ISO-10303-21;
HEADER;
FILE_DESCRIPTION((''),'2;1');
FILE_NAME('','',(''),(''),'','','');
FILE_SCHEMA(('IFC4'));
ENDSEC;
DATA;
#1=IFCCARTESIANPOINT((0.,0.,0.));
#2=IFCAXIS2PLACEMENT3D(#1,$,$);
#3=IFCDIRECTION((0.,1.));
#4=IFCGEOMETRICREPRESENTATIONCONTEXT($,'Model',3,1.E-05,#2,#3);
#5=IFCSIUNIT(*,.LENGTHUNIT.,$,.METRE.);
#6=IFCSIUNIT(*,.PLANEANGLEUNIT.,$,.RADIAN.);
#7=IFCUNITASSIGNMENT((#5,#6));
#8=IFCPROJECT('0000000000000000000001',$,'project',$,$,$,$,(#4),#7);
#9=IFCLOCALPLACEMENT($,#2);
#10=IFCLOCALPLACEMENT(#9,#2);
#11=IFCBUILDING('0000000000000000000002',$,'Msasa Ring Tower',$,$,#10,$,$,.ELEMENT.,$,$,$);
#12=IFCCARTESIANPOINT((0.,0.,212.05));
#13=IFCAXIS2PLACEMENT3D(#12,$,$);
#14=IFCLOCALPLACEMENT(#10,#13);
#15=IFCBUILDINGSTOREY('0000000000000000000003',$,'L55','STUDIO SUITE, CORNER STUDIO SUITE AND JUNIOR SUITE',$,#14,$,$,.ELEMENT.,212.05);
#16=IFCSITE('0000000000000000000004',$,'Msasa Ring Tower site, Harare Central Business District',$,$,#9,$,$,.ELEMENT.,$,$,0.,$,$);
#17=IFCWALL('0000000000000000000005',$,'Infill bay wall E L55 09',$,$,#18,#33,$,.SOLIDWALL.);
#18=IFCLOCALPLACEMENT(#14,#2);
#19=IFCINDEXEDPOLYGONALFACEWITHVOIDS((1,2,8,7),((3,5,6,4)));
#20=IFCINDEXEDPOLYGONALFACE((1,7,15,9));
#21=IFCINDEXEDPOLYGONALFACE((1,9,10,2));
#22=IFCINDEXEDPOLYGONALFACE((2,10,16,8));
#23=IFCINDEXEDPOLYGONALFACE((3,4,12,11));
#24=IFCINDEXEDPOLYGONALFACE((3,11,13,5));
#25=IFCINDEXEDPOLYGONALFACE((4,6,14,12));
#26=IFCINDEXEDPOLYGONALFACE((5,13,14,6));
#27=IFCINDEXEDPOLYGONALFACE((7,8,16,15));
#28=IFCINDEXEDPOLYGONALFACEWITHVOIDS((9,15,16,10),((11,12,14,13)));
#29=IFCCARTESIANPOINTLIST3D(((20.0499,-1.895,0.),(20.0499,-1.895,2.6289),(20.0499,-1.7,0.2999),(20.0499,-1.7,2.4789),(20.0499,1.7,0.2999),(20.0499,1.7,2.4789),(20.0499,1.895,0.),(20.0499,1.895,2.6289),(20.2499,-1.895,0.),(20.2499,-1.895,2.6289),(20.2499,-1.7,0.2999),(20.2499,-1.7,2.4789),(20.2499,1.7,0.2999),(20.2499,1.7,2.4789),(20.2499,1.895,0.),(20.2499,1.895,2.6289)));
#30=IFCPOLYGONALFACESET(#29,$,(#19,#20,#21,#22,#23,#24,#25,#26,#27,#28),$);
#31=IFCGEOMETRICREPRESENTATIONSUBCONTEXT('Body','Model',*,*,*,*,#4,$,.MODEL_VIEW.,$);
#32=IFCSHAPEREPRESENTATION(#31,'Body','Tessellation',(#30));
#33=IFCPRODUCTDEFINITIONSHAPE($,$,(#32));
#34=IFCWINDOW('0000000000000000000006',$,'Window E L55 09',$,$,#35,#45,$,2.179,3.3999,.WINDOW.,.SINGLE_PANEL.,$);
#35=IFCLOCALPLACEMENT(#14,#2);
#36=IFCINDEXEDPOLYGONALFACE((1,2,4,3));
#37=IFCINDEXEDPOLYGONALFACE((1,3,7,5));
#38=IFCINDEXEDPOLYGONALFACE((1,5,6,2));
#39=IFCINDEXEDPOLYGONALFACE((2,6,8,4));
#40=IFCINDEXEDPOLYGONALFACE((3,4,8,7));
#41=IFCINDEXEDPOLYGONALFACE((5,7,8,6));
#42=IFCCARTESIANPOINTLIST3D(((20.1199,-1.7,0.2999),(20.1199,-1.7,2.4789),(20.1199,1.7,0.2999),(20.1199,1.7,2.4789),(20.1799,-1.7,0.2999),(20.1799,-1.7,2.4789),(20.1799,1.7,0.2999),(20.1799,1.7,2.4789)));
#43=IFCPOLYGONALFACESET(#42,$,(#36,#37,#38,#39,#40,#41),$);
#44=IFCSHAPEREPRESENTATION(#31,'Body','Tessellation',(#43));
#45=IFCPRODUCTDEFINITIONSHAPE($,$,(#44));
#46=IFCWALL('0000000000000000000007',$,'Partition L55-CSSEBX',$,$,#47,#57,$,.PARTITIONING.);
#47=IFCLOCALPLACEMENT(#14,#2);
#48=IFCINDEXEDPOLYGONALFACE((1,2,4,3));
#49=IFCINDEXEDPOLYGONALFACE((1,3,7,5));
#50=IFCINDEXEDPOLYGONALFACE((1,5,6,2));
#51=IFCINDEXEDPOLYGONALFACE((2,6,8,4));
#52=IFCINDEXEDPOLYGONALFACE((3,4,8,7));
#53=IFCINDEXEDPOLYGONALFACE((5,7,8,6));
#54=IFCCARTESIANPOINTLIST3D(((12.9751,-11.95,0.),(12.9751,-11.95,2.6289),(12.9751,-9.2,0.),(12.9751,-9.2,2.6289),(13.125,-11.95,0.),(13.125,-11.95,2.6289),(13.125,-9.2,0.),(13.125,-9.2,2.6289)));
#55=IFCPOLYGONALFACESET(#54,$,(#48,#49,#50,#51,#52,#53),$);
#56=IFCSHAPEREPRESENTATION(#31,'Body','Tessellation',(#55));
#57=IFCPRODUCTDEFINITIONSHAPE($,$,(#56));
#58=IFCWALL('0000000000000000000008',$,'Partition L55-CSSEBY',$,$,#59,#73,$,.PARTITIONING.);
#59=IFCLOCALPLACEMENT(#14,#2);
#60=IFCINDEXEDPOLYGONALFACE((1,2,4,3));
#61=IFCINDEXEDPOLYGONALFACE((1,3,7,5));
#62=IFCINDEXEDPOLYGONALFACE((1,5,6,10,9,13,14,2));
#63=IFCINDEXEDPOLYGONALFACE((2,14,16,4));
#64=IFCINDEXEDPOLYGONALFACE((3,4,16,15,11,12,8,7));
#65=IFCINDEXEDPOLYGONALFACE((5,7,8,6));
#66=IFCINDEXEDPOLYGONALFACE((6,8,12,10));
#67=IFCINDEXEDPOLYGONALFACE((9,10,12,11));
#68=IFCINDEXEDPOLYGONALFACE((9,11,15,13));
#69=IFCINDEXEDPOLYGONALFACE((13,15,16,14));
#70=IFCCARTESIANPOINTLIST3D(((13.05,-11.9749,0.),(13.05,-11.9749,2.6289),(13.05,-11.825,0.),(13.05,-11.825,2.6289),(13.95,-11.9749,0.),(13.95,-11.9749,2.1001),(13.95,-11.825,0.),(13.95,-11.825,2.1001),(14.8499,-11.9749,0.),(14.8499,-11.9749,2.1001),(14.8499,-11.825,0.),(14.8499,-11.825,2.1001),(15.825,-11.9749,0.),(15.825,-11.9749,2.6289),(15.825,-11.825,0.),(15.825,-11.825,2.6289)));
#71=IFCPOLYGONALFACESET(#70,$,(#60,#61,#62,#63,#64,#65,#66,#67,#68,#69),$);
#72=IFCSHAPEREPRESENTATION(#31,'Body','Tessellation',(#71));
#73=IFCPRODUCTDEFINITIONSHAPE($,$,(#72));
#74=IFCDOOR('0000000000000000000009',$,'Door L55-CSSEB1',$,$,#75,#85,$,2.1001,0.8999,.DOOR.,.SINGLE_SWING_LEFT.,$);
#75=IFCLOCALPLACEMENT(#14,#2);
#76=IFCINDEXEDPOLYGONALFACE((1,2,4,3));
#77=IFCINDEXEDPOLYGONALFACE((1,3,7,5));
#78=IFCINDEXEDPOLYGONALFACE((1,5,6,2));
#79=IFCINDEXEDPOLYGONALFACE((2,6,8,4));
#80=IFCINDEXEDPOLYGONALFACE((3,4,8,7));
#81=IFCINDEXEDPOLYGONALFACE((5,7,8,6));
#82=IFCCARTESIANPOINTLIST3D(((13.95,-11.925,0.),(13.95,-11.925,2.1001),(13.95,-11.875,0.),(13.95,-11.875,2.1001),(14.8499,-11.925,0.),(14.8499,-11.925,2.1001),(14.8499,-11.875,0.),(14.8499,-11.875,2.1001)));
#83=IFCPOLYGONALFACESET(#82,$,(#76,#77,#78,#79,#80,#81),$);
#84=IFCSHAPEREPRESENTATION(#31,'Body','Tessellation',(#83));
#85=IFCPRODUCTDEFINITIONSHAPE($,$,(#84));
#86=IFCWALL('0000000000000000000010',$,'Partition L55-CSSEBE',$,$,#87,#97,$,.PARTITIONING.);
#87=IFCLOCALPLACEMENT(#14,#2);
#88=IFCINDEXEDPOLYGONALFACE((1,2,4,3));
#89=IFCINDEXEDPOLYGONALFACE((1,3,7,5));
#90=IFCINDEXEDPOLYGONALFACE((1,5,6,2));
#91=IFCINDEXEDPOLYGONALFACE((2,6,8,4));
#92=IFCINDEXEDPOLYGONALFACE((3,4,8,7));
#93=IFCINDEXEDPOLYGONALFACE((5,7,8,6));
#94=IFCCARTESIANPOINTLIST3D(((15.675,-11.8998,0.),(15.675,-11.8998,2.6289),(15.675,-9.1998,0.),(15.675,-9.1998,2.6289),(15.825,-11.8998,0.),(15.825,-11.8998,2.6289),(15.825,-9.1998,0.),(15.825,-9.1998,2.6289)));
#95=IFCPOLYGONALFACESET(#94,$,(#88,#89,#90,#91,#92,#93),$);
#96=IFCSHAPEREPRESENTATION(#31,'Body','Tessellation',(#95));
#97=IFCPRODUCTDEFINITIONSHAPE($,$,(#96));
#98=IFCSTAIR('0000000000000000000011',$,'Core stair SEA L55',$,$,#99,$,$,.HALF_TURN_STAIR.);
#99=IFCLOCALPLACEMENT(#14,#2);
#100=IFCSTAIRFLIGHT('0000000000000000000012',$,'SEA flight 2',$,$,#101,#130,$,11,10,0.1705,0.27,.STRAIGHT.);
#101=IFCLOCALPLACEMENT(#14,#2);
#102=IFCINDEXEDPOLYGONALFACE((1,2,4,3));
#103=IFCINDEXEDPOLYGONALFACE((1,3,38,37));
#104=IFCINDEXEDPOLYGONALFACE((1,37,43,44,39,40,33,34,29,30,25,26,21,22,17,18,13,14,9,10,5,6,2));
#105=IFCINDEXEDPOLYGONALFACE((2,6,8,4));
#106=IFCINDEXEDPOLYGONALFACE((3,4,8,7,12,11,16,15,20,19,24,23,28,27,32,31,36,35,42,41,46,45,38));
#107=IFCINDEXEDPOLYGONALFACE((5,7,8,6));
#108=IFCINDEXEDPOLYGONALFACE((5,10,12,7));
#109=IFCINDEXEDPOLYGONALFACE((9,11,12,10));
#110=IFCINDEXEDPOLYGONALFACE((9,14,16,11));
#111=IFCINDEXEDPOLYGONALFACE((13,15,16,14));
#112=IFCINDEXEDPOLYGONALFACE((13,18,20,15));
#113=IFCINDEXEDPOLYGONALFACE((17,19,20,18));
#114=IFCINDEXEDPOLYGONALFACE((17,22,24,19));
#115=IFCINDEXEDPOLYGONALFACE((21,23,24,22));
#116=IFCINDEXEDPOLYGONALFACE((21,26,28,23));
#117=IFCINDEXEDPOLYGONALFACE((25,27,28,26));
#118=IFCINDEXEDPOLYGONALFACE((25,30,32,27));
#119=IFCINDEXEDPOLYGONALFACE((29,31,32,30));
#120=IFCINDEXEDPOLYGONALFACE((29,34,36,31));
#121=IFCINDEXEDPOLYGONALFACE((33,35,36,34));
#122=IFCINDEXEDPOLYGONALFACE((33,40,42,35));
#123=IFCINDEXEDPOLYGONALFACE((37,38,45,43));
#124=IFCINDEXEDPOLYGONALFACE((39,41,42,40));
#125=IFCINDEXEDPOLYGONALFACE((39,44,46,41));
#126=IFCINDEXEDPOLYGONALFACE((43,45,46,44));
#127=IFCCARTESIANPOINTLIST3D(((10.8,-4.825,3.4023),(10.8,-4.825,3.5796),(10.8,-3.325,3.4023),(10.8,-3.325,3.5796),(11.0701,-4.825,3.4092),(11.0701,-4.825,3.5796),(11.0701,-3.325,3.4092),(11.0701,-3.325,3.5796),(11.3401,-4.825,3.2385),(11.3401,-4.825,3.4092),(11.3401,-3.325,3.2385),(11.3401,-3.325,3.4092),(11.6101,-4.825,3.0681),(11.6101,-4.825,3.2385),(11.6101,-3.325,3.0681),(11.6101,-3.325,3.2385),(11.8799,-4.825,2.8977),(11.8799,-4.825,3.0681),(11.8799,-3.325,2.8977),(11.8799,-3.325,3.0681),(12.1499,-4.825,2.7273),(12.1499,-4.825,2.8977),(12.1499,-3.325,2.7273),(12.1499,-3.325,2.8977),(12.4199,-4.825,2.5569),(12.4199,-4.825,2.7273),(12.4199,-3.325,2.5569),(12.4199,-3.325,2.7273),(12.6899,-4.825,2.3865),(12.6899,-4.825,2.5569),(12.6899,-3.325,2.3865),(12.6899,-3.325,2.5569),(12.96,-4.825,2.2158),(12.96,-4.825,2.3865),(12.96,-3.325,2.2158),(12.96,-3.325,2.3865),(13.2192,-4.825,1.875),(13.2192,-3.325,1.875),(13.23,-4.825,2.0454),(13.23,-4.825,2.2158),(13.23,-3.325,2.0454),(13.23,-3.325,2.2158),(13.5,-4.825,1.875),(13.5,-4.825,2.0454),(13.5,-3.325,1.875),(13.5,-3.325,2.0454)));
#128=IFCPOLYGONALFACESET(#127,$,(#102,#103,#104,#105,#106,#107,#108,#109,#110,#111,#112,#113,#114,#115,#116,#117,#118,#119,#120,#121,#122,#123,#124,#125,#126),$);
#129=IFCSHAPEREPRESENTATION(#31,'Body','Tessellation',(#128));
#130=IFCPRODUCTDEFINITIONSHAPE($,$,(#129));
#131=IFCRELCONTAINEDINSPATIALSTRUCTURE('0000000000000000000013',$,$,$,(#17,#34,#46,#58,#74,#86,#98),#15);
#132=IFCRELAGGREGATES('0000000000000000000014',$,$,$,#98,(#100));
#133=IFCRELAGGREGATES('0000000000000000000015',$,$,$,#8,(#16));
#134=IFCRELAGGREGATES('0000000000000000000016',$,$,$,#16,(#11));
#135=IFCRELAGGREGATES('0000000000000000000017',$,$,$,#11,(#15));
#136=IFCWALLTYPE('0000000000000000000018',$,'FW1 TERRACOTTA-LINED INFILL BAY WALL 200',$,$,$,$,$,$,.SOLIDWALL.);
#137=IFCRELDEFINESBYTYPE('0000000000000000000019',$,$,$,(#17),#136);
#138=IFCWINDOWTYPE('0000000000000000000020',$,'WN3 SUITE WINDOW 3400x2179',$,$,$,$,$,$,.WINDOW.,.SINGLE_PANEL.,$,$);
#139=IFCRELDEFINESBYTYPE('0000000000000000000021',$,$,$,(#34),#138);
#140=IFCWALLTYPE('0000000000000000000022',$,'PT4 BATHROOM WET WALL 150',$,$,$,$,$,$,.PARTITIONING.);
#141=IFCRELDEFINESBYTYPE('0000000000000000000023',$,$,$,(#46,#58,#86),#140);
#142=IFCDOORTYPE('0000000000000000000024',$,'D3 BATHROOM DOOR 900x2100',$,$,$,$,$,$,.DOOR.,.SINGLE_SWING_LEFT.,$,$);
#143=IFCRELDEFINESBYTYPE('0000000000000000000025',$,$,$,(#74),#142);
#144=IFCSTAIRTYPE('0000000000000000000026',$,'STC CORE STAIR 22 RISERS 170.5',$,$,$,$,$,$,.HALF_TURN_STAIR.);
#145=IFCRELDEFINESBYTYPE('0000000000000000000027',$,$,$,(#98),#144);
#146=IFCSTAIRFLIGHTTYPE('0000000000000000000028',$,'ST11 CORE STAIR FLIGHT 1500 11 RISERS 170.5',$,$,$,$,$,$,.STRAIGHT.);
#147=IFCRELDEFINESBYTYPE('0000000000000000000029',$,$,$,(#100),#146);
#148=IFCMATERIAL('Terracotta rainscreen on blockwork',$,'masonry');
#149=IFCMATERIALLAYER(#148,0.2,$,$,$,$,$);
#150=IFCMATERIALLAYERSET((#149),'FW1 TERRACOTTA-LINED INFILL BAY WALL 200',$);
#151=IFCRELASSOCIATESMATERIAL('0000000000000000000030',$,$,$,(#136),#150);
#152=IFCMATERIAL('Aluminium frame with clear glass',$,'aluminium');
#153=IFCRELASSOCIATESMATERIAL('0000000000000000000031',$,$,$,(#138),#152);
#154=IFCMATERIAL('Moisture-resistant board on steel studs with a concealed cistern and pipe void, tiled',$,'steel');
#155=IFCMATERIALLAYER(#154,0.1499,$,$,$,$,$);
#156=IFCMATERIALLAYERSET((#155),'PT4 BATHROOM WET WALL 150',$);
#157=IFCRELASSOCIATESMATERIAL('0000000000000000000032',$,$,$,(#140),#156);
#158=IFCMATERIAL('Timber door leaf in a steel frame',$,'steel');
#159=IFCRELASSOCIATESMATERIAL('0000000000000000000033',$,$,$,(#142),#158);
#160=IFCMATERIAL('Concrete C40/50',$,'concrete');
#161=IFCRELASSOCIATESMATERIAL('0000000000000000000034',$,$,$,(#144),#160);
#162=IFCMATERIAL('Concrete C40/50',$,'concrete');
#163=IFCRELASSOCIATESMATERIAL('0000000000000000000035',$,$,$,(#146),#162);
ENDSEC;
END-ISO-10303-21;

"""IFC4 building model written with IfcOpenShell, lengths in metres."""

from ifc_helpers import new_model, si_unit, direction, frame, frame_2d, origin, place, context, subcontext, project, spatial, polyline, rectangle, outline, extrude, material, layer, layer_set, type_object, element, fill, aggregate, save


model = new_model("IFC4")

# Units and contexts
model_context = context("Model", 3, precision=1e-05, world=origin(), true_north=direction((0.0, 1.0)))
body_context = subcontext(model_context, "Body", "Model", "MODEL_VIEW")
ifc_project = project(units=[si_unit("LENGTHUNIT", "METRE"), si_unit("PLANEANGLEUNIT", "RADIAN")], contexts=[model_context])

# Site, building, storey
site_placement = place(None, origin())
site = spatial("IfcSite", under=ifc_project, at=site_placement, Name="Msasa Ring Tower site, Harare Central Business District", CompositionType="ELEMENT", RefElevation=0.0)
building_placement = place(site_placement, origin())
building = spatial("IfcBuilding", under=site, at=building_placement, Name="Msasa Ring Tower", CompositionType="ELEMENT")
storey_placement = place(building_placement, frame((0.0, 0.0, 212.05)))
storey = spatial("IfcBuildingStorey", under=building, at=storey_placement, Name="L55", Description="STUDIO SUITE, CORNER STUDIO SUITE AND JUNIOR SUITE", CompositionType="ELEMENT", Elevation=212.05)

# Wall, opening, window
ifc_material_1 = material(Name="Terracotta rainscreen on blockwork", Category="masonry")
ifc_layer_1 = layer(ifc_material_1, 0.2)
ifc_layer_set_1 = layer_set([ifc_layer_1], Name="FW1 TERRACOTTA-LINED INFILL BAY WALL 200")
wall_type_1 = type_object("IfcWallType", Name="FW1 TERRACOTTA-LINED INFILL BAY WALL 200", PredefinedType="SOLIDWALL", material=ifc_layer_set_1)
ifc_material_2 = material(Name="Aluminium frame with clear glass", Category="aluminium")
window_type = type_object("IfcWindowType", Name="WN3 SUITE WINDOW 3400x2179", PartitioningType="SINGLE_PANEL", PredefinedType="WINDOW", material=ifc_material_2)
wall_1_placement = place(storey_placement, frame((20.1499, -1.895, 0.0), z_axis=(0.0, 0.0, 1.0), x_axis=(0.0, 1.0, 0.0)))
wall_1 = element("IfcWall", 1, at=wall_1_placement, inside=storey, type_object=wall_type_1, Name="Infill bay wall E L55 09", PredefinedType="SOLIDWALL", context=body_context, shape_type="SweptSolid", body=[
    extrude(rectangle(XDim=3.79, YDim=0.2, at=frame_2d((1.895, 0.0))), origin(), (0.0, 0.0, 1.0), 2.6289),
])
opening_1_placement = place(wall_1_placement, frame((0.1951, 0.0, 0.3)))
opening_1 = element("IfcOpeningElement", 2, at=opening_1_placement, cuts=wall_1, PredefinedType="OPENING", context=body_context, shape_type="SweptSolid", body=[
    extrude(rectangle(XDim=3.3999, YDim=2.179, at=frame_2d((1.7, 1.0894))), frame((0.0, 0.1099, 0.0), z_axis=(0.0, -1.0, 0.0), x_axis=(1.0, 0.0, 0.0)), (0.0, 0.0, 1.0), 0.22),
])
window_1_placement = place(opening_1_placement, origin())
window_1 = element("IfcWindow", 3, at=window_1_placement, inside=storey, type_object=window_type, Name="Window E L55 09", OverallHeight=2.179, OverallWidth=3.3999, PartitioningType="SINGLE_PANEL", PredefinedType="WINDOW", context=body_context, shape_type="SweptSolid", body=[
    extrude(rectangle(XDim=3.3999, YDim=2.179, at=frame_2d((1.7, 1.0894))), frame((0.0, 0.03, 0.0), z_axis=(0.0, -1.0, 0.0), x_axis=(1.0, 0.0, 0.0)), (0.0, 0.0, 1.0), 0.0601),
])
fill(opening_1, window_1)

# Wall
ifc_material_3 = material(Name="Moisture-resistant board on steel studs with a concealed cistern and pipe void, tiled", Category="steel")
ifc_layer_2 = layer(ifc_material_3, 0.1499)
ifc_layer_set_2 = layer_set([ifc_layer_2], Name="PT4 BATHROOM WET WALL 150")
wall_type_2 = type_object("IfcWallType", Name="PT4 BATHROOM WET WALL 150", PredefinedType="PARTITIONING", material=ifc_layer_set_2)
wall_2_placement = place(storey_placement, frame((13.05, -11.95, 0.0), z_axis=(0.0, 0.0, 1.0), x_axis=(0.0, 1.0, 0.0)))
element("IfcWall", 4, at=wall_2_placement, inside=storey, type_object=wall_type_2, Name="Partition L55-CSSEBX", PredefinedType="PARTITIONING", context=body_context, shape_type="SweptSolid", body=[
    extrude(rectangle(XDim=2.75, YDim=0.1499, at=frame_2d((1.375, 0.0))), origin(), (0.0, 0.0, 1.0), 2.6289),
])

# Wall, opening, door
wall_3_placement = place(storey_placement, frame((13.05, -11.8999, 0.0), z_axis=(0.0, 0.0, 1.0), x_axis=(1.0, 0.0, 0.0)))
wall_3 = element("IfcWall", 5, at=wall_3_placement, inside=storey, type_object=wall_type_2, Name="Partition L55-CSSEBY", PredefinedType="PARTITIONING", context=body_context, shape_type="SweptSolid", body=[
    extrude(rectangle(XDim=2.7749, YDim=0.1499, at=frame_2d((1.3875, 0.0))), origin(), (0.0, 0.0, 1.0), 2.6289),
])
opening_2_placement = place(wall_3_placement, frame((0.8999, 0.0, 0.0)))
opening_2 = element("IfcOpeningElement", 6, at=opening_2_placement, cuts=wall_3, PredefinedType="OPENING", context=body_context, shape_type="SweptSolid", body=[
    extrude(rectangle(XDim=0.8999, YDim=2.1001, at=frame_2d((0.45, 1.05))), frame((0.0, 0.085, 0.0), z_axis=(0.0, -1.0, 0.0), x_axis=(1.0, 0.0, 0.0)), (0.0, 0.0, 1.0), 0.1699),
])
ifc_material_4 = material(Name="Timber door leaf in a steel frame", Category="steel")
door_type_1 = type_object("IfcDoorType", Name="D3 BATHROOM DOOR 900x2100", OperationType="SINGLE_SWING_LEFT", PredefinedType="DOOR", material=ifc_material_4)
door_1_placement = place(opening_2_placement, origin())
door_1 = element("IfcDoor", 7, at=door_1_placement, inside=storey, type_object=door_type_1, Name="Door L55-CSSEB1", OperationType="SINGLE_SWING_LEFT", OverallHeight=2.1001, OverallWidth=0.8999, PredefinedType="DOOR", context=body_context, shape_type="SweptSolid", body=[
    extrude(rectangle(XDim=0.8999, YDim=2.1001, at=frame_2d((0.45, 1.05))), frame((0.0, 0.0249, 0.0), z_axis=(0.0, -1.0, 0.0), x_axis=(1.0, 0.0, 0.0)), (0.0, 0.0, 1.0), 0.05),
])
fill(opening_2, door_1)

# Wall
wall_4_placement = place(storey_placement, frame((15.75, -11.8999, 0.0), z_axis=(0.0, 0.0, 1.0), x_axis=(0.0, 1.0, 0.0)))
element("IfcWall", 8, at=wall_4_placement, inside=storey, type_object=wall_type_2, Name="Partition L55-CSSEBE", PredefinedType="PARTITIONING", context=body_context, shape_type="SweptSolid", body=[
    extrude(rectangle(XDim=2.7, YDim=0.1499, at=frame_2d((1.3501, 0.0))), origin(), (0.0, 0.0, 1.0), 2.6289),
])

# Stair, stair flight
ifc_material_5 = material(Name="Concrete C40/50", Category="concrete")
stair_type = type_object("IfcStairType", Name="STC CORE STAIR 22 RISERS 170.5", PredefinedType="HALF_TURN_STAIR", material=ifc_material_5)
stair_placement = place(storey_placement, origin())
stair = element("IfcStair", 9, at=stair_placement, inside=storey, type_object=stair_type, Name="Core stair SEA L55", PredefinedType="HALF_TURN_STAIR")
ifc_material_6 = material(Name="Concrete C40/50", Category="concrete")
stair_flight_type = type_object("IfcStairFlightType", Name="ST11 CORE STAIR FLIGHT 1500 11 RISERS 170.5", PredefinedType="STRAIGHT", material=ifc_material_6)
stair_flight_placement = place(storey_placement, frame((13.5, -4.075, 1.875), z_axis=(0.0, 0.0, 1.0), x_axis=(-1.0, 0.0, 0.0)))
stair_flight = element("IfcStairFlight", 10, at=stair_flight_placement, type_object=stair_flight_type, Name="SEA flight 2", NumberOfRisers=11, NumberOfTreads=10, PredefinedType="STRAIGHT", RiserHeight=0.1705, TreadLength=0.27, context=body_context, shape_type="SweptSolid", body=[
    extrude(outline(polyline([(0.0, 0.0), (0.0, 0.1704), (0.27, 0.1704), (0.27, 0.3408), (0.54, 0.3408), (0.54, 0.5115), (0.8101, 0.5115), (0.8101, 0.6819), (1.0801, 0.6819), (1.0801, 0.8523), (1.3501, 0.8523), (1.3501, 1.0227), (1.6201, 1.0227), (1.6201, 1.1931), (1.8899, 1.1931), (1.8899, 1.3635), (2.1599, 1.3635), (2.1599, 1.5342), (2.4299, 1.5342), (2.4299, 1.7046), (2.7, 1.7046), (2.7, 1.875), (2.7, 1.5273), (0.2808, 0.0), (0.0, 0.0)])), frame((0.0, 0.75, 0.0), z_axis=(0.0, -1.0, 0.0), x_axis=(1.0, 0.0, 0.0)), (0.0, 0.0, 1.0), 1.5),
])
aggregate(stair, [stair_flight])

save(model, "model.ifc")
